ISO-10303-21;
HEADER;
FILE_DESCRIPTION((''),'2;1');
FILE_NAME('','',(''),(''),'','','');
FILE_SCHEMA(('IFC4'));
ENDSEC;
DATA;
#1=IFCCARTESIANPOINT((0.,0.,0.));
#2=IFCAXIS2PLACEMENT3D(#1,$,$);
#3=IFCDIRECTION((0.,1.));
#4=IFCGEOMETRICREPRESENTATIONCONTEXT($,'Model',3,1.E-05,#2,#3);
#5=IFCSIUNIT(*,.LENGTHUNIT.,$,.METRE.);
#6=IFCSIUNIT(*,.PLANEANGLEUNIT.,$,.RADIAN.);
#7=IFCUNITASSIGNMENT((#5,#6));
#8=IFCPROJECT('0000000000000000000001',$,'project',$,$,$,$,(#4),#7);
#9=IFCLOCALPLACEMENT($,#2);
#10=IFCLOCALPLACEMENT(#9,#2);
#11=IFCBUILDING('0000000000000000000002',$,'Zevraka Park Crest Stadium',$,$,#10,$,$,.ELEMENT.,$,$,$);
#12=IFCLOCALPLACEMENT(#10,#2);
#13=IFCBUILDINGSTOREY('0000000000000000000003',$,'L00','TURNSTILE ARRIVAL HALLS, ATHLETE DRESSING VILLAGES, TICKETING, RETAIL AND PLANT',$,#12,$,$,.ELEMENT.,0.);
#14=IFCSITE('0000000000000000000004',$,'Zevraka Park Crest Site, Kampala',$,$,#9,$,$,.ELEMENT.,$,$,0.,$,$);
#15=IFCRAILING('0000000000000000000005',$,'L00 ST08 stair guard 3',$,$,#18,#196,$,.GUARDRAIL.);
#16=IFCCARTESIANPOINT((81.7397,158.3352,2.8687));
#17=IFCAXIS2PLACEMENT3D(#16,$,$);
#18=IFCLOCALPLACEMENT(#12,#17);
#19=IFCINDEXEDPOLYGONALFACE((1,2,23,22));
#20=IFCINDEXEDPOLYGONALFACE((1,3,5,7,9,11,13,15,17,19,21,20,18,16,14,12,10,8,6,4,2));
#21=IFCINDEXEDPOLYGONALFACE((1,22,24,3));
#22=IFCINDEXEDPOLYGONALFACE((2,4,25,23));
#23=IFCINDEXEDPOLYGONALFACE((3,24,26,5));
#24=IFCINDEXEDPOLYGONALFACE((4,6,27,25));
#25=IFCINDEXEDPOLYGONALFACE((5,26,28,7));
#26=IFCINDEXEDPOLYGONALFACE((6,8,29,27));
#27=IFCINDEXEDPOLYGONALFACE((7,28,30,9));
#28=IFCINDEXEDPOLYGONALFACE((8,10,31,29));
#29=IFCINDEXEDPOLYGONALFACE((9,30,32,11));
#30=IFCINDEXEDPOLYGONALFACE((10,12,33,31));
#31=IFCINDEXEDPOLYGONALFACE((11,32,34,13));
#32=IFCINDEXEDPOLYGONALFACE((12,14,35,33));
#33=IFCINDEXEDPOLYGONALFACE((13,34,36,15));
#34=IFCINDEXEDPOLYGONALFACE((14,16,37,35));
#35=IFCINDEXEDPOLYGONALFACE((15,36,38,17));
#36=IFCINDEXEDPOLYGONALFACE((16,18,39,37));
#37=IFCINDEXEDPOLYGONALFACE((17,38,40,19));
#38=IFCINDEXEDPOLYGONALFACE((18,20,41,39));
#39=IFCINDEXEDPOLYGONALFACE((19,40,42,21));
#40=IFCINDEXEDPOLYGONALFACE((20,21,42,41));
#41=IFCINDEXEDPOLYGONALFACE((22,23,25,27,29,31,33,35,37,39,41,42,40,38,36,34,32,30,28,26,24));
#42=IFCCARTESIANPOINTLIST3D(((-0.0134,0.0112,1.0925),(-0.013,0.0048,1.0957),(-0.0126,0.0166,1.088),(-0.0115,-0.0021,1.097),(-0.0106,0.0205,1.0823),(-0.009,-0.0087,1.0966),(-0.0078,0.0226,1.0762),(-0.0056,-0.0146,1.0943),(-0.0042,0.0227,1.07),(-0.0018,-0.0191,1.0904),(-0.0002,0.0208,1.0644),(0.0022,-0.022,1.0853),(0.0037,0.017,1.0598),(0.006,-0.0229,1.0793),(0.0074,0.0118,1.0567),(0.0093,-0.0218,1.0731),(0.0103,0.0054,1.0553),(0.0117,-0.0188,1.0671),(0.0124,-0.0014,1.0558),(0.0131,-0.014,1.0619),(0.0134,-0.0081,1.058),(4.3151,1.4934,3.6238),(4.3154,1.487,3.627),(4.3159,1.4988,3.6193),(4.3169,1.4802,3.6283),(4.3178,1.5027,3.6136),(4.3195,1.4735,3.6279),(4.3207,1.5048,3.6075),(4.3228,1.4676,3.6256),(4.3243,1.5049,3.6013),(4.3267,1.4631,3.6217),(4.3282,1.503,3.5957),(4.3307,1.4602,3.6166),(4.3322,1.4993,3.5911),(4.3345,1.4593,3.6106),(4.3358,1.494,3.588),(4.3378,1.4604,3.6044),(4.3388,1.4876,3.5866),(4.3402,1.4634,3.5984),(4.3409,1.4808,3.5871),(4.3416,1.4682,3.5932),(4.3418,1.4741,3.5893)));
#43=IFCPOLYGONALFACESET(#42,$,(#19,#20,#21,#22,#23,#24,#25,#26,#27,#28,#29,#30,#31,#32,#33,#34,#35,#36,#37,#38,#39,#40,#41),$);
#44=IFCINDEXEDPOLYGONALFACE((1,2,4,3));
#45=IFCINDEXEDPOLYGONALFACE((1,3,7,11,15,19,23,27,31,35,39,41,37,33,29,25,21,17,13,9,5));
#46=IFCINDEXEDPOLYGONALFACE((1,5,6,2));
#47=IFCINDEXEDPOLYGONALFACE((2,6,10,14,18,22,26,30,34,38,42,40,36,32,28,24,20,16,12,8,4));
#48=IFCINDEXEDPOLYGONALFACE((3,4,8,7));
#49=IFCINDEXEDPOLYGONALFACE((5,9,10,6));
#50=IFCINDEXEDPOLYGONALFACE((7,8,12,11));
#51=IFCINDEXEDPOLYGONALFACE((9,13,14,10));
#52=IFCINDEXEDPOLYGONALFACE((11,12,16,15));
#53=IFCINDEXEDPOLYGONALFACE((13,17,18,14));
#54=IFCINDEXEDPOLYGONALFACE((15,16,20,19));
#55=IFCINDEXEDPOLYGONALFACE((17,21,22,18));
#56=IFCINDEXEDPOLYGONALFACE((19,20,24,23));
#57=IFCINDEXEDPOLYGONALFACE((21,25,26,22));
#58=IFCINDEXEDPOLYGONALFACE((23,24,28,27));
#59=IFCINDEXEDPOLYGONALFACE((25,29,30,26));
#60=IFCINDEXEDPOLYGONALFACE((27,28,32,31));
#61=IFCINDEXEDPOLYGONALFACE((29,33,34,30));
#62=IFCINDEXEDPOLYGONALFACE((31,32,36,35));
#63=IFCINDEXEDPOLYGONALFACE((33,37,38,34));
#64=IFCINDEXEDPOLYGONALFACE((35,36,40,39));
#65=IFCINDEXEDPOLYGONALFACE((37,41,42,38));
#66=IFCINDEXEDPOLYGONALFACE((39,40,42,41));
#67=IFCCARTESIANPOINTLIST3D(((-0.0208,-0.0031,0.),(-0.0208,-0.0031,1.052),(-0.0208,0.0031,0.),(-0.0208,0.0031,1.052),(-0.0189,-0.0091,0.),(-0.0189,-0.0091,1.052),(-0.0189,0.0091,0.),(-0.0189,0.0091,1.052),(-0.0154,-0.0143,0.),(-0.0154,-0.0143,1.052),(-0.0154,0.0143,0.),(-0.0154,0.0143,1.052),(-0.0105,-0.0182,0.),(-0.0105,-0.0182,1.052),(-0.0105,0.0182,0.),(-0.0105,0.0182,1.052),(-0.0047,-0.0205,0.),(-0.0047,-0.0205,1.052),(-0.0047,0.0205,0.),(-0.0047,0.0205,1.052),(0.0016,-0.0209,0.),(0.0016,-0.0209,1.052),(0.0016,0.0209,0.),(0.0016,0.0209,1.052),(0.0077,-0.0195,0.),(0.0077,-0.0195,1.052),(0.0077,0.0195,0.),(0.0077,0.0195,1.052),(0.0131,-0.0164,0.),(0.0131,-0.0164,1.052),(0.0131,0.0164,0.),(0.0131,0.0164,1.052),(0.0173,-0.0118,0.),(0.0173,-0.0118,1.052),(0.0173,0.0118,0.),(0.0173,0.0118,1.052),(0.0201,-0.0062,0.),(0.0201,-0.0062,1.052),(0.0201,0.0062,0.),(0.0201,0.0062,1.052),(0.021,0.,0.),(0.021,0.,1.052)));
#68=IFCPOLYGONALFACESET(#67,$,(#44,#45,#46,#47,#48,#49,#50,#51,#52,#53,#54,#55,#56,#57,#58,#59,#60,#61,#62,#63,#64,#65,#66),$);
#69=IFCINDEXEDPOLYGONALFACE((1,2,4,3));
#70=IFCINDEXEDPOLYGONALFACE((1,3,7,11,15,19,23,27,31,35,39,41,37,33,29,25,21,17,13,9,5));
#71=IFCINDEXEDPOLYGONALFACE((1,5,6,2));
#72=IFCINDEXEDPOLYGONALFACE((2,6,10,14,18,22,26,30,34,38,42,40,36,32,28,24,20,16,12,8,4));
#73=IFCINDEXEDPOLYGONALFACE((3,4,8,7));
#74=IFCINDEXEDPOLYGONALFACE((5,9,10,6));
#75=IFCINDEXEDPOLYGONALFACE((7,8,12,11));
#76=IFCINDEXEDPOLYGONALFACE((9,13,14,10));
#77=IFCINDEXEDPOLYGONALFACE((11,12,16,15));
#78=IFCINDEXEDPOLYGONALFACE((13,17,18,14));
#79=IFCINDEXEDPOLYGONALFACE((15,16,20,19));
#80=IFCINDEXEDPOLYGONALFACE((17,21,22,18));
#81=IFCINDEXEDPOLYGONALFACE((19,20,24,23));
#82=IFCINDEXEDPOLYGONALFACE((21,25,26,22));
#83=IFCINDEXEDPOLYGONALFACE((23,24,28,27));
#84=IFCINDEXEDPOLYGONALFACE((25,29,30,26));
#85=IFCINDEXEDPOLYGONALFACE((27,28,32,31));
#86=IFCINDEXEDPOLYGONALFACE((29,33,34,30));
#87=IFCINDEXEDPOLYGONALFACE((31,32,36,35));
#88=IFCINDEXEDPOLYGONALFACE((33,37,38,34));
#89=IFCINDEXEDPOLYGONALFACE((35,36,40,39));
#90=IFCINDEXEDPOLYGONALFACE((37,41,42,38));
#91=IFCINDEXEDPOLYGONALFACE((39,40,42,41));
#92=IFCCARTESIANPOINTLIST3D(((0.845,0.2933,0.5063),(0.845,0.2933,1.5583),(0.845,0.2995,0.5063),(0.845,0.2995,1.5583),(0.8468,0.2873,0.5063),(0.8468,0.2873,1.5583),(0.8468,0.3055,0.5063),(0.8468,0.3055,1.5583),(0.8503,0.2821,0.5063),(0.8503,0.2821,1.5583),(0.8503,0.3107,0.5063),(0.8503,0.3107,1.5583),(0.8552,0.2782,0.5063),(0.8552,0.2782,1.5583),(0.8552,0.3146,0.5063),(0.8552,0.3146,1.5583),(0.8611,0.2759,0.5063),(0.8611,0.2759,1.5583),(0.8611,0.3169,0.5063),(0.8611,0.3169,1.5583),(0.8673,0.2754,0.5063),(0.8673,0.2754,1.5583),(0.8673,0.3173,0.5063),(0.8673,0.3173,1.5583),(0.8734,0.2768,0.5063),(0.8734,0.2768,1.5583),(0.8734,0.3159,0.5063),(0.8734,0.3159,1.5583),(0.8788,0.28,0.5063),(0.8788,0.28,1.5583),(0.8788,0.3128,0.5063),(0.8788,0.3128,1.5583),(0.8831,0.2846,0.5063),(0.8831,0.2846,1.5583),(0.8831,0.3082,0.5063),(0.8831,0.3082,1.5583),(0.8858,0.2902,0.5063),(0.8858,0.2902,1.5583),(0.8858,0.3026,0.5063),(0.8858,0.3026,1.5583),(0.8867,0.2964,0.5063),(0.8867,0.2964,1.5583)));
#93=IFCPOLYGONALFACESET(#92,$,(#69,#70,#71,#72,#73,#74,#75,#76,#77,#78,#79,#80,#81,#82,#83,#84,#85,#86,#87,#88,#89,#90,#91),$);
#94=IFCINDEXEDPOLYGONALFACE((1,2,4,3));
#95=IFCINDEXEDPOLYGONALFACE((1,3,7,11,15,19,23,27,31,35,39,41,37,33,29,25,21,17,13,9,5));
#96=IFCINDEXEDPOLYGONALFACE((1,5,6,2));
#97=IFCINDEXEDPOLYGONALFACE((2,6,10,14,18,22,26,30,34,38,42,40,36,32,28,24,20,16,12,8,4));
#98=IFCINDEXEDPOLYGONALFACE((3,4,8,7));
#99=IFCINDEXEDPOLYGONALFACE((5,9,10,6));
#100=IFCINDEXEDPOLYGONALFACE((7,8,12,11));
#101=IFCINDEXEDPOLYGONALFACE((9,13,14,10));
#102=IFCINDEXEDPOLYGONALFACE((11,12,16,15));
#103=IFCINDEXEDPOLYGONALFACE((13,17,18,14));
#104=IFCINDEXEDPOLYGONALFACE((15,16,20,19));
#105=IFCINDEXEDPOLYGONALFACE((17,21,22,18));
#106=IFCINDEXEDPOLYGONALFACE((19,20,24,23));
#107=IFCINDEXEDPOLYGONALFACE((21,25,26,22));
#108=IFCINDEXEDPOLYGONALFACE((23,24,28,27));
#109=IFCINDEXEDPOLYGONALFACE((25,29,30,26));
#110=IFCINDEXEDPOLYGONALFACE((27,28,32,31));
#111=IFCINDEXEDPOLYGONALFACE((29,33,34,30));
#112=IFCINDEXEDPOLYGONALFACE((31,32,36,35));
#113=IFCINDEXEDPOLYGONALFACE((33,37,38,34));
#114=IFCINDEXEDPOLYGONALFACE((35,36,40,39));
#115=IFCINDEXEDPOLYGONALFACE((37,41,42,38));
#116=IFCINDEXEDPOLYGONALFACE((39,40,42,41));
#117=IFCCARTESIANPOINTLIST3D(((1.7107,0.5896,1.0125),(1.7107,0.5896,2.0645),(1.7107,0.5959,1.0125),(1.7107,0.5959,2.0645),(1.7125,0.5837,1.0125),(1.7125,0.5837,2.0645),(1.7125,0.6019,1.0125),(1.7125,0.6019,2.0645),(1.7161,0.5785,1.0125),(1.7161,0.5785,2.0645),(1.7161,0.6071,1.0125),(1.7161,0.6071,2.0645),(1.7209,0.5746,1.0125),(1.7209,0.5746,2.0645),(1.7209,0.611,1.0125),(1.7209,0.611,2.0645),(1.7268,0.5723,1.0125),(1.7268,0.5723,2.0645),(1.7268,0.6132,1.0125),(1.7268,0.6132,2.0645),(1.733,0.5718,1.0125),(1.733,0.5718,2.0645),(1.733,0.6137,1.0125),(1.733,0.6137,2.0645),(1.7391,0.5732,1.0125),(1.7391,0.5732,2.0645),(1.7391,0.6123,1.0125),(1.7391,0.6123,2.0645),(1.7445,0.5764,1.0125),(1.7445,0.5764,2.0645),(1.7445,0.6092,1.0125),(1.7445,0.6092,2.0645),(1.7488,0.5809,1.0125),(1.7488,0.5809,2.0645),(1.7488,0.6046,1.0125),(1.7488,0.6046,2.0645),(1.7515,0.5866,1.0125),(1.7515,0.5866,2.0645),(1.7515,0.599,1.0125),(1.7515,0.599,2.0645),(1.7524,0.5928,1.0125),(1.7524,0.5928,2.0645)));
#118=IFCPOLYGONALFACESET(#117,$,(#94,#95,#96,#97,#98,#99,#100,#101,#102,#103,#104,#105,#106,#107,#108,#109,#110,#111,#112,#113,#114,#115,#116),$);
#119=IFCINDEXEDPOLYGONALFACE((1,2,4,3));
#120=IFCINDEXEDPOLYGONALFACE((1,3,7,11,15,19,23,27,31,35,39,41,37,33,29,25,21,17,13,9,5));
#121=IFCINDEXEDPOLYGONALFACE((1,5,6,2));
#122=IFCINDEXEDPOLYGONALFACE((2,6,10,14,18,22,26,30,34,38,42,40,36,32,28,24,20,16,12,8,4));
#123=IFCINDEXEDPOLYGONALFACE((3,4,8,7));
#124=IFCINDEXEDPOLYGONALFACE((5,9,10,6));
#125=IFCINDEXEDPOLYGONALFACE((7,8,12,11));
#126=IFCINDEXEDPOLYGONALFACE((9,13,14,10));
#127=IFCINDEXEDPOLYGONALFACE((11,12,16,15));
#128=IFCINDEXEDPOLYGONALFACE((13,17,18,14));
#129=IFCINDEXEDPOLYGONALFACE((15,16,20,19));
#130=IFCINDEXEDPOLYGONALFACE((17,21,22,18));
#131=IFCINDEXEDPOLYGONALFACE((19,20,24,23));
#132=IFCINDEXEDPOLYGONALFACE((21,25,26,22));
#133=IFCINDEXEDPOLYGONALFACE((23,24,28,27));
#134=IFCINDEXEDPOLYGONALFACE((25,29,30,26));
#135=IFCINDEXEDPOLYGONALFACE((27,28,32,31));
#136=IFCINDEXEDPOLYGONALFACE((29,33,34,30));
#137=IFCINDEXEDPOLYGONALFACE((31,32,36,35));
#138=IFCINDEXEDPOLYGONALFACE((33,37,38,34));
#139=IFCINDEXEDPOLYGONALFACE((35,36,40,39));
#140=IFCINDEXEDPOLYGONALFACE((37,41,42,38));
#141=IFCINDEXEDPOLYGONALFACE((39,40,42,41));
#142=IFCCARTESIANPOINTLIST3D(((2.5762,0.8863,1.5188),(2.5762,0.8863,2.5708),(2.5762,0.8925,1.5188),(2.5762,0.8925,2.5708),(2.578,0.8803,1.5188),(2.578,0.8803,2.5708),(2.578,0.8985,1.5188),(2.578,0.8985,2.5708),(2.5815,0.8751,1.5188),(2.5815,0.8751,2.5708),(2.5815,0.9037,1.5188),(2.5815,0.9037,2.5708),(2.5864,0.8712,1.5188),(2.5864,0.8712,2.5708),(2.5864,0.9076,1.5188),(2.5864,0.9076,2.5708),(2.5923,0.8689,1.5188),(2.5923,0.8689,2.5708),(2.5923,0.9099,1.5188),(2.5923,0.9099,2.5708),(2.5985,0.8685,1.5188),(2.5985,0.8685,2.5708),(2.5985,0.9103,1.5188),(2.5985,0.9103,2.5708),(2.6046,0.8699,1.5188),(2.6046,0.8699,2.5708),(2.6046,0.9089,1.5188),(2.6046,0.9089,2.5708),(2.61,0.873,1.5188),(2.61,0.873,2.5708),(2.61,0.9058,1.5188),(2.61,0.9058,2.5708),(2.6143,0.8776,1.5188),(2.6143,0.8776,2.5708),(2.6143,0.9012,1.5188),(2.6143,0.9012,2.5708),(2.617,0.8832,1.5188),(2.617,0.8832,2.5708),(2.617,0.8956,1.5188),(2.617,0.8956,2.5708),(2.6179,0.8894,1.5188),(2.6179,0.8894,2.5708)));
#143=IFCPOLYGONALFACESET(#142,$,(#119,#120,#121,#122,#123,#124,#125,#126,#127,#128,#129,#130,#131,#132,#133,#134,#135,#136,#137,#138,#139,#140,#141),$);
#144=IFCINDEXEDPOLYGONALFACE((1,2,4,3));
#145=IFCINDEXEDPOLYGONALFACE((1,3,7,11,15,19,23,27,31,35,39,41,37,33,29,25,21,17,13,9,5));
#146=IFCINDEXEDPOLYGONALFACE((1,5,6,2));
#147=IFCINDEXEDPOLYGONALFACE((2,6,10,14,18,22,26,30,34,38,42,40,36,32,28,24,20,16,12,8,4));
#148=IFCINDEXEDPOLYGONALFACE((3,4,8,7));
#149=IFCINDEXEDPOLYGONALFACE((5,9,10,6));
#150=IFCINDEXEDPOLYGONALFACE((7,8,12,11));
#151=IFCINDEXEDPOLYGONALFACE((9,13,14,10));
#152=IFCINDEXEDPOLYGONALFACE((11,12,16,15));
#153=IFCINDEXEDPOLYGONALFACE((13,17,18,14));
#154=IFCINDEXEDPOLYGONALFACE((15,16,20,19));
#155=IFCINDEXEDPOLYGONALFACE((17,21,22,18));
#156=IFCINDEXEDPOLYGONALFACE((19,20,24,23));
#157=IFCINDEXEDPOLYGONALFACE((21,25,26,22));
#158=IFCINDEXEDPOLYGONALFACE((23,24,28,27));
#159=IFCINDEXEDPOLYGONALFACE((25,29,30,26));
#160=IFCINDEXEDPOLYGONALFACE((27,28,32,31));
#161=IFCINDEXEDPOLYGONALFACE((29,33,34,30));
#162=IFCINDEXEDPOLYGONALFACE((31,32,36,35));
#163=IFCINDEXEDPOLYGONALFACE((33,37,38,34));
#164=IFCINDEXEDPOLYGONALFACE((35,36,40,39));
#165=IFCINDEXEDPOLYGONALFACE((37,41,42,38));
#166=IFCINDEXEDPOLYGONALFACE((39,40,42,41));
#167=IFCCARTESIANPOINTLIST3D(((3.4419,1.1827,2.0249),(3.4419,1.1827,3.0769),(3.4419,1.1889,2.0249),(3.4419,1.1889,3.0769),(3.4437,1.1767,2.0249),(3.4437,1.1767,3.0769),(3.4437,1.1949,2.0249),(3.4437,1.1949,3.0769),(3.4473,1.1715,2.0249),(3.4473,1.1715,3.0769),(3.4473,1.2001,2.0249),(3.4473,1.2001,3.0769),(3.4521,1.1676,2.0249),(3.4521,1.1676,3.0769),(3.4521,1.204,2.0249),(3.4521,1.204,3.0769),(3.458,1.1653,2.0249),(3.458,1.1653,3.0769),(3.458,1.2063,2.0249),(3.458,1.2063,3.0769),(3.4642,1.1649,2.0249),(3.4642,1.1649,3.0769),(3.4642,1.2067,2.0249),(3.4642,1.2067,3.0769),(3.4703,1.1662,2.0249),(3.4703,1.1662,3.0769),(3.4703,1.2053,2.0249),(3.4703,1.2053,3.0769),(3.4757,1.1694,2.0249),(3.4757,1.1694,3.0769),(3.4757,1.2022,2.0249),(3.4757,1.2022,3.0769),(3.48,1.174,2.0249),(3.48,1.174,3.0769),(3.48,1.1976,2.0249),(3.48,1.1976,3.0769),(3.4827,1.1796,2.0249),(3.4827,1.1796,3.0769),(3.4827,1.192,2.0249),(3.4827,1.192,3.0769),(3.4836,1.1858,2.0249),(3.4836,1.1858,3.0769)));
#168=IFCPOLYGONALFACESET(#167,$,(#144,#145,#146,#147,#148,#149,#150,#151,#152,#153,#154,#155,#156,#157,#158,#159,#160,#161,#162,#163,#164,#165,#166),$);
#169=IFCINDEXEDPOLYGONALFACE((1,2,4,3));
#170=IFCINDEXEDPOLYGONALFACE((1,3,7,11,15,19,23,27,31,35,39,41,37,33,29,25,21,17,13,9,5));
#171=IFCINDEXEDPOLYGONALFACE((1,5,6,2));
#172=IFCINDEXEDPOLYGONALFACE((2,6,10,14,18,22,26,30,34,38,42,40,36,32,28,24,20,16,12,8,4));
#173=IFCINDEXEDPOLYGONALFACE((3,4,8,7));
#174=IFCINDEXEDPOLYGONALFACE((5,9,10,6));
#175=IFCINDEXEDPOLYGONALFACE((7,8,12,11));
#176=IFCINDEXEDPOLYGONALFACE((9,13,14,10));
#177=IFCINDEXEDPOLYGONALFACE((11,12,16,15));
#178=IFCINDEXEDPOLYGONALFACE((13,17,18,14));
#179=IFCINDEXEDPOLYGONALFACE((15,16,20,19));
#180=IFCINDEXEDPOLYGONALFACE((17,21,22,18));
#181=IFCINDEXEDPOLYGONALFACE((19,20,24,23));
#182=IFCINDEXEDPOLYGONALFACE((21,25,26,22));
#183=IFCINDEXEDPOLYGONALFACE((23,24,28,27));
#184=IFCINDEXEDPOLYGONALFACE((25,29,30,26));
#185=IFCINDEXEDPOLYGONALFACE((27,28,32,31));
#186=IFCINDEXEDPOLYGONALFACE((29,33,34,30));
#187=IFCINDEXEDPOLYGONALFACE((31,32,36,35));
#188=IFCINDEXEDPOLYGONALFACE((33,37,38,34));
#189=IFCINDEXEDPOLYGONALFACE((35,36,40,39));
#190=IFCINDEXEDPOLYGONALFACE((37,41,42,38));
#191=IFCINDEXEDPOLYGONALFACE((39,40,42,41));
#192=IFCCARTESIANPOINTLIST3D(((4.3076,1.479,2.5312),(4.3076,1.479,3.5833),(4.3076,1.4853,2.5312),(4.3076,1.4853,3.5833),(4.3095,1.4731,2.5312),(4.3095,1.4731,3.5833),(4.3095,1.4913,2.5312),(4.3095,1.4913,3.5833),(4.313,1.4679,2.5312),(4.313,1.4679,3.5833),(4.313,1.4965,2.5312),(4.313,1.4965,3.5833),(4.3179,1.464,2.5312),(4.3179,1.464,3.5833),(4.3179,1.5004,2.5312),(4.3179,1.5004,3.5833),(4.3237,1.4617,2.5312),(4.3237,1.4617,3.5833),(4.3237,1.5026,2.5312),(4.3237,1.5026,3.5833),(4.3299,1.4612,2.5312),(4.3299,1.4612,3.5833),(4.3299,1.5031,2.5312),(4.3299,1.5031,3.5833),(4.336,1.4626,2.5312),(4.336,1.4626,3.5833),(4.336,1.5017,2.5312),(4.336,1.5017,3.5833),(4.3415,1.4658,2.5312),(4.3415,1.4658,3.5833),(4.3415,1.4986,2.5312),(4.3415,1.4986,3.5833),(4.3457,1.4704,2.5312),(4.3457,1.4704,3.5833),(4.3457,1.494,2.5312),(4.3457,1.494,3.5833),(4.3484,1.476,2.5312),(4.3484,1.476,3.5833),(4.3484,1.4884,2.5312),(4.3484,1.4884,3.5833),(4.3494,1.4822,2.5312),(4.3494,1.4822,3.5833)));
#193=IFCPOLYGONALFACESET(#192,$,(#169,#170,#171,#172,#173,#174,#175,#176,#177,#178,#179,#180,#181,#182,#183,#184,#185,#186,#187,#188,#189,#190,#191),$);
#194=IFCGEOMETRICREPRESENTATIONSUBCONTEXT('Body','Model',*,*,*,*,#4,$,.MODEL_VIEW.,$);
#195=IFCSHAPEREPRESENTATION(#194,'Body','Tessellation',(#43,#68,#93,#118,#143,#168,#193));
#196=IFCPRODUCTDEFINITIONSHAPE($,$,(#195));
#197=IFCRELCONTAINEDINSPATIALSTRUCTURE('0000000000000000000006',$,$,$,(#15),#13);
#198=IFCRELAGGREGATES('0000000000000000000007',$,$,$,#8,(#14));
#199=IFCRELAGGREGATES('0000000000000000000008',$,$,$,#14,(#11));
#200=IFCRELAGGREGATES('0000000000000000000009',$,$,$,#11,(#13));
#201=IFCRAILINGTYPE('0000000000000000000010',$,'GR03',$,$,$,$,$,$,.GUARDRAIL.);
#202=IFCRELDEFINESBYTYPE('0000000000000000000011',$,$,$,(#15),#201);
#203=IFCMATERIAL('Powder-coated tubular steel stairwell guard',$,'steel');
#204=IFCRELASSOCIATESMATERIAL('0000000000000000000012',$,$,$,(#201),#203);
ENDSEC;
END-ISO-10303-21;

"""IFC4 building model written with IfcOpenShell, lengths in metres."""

from ifc_helpers import new_model, si_unit, direction, frame, origin, origin_2d, place, context, subcontext, project, spatial, circle, extrude, material, type_object, element, save


model = new_model("IFC4")

# Units and contexts
model_context = context("Model", 3, precision=1e-05, world=origin(), true_north=direction((0.0, 1.0)))
body_context = subcontext(model_context, "Body", "Model", "MODEL_VIEW")
ifc_project = project(units=[si_unit("LENGTHUNIT", "METRE"), si_unit("PLANEANGLEUNIT", "RADIAN")], contexts=[model_context])

# Site, building, storey
site_placement = place(None, origin())
site = spatial("IfcSite", under=ifc_project, at=site_placement, Name="Zevraka Park Crest Site, Kampala", CompositionType="ELEMENT", RefElevation=0.0)
building_placement = place(site_placement, origin())
building = spatial("IfcBuilding", under=site, at=building_placement, Name="Zevraka Park Crest Stadium", CompositionType="ELEMENT")
storey_placement = place(building_placement, origin())
storey = spatial("IfcBuildingStorey", under=building, at=storey_placement, Name="L00", Description="TURNSTILE ARRIVAL HALLS, ATHLETE DRESSING VILLAGES, TICKETING, RETAIL AND PLANT", CompositionType="ELEMENT", Elevation=0.0)

# Railing
ifc_material_1 = material(Name="Powder-coated tubular steel stairwell guard", Category="steel")
railing_type_1 = type_object("IfcRailingType", Name="GR03", PredefinedType="GUARDRAIL", material=ifc_material_1)
railing_1_placement = place(storey_placement, frame((81.7397, 158.3352, 2.8687)))
element("IfcRailing", 1, at=railing_1_placement, inside=storey, type_object=railing_type_1, Name="L00 ST08 stair guard 3", PredefinedType="GUARDRAIL", context=body_context, shape_type="SweptSolid", body=[
    extrude(circle(Radius=0.0239, at=origin_2d()), frame((0.0, 0.0, 1.0762), z_axis=(0.827817, 0.283472, 0.484111), x_axis=(-0.323965, 0.946069, 0.0)), (0.0, 0.0, 1.0), 5.2288),
    extrude(circle(Radius=0.021, at=origin_2d()), origin(), (0.0, 0.0, 1.0), 1.052),
    extrude(circle(Radius=0.021, at=origin_2d()), frame((0.8657, 0.2964, 0.5063)), (0.0, 0.0, 1.0), 1.052),
    extrude(circle(Radius=0.021, at=origin_2d()), frame((1.7314, 0.5928, 1.0125)), (0.0, 0.0, 1.0), 1.052),
    extrude(circle(Radius=0.021, at=origin_2d()), frame((2.5969, 0.8894, 1.5188)), (0.0, 0.0, 1.0), 1.052),
    extrude(circle(Radius=0.021, at=origin_2d()), frame((3.4626, 1.1858, 2.0249)), (0.0, 0.0, 1.0), 1.052),
    extrude(circle(Radius=0.021, at=origin_2d()), frame((4.3284, 1.4822, 2.5312)), (0.0, 0.0, 1.0), 1.052),
])

save(model, "model.ifc")
